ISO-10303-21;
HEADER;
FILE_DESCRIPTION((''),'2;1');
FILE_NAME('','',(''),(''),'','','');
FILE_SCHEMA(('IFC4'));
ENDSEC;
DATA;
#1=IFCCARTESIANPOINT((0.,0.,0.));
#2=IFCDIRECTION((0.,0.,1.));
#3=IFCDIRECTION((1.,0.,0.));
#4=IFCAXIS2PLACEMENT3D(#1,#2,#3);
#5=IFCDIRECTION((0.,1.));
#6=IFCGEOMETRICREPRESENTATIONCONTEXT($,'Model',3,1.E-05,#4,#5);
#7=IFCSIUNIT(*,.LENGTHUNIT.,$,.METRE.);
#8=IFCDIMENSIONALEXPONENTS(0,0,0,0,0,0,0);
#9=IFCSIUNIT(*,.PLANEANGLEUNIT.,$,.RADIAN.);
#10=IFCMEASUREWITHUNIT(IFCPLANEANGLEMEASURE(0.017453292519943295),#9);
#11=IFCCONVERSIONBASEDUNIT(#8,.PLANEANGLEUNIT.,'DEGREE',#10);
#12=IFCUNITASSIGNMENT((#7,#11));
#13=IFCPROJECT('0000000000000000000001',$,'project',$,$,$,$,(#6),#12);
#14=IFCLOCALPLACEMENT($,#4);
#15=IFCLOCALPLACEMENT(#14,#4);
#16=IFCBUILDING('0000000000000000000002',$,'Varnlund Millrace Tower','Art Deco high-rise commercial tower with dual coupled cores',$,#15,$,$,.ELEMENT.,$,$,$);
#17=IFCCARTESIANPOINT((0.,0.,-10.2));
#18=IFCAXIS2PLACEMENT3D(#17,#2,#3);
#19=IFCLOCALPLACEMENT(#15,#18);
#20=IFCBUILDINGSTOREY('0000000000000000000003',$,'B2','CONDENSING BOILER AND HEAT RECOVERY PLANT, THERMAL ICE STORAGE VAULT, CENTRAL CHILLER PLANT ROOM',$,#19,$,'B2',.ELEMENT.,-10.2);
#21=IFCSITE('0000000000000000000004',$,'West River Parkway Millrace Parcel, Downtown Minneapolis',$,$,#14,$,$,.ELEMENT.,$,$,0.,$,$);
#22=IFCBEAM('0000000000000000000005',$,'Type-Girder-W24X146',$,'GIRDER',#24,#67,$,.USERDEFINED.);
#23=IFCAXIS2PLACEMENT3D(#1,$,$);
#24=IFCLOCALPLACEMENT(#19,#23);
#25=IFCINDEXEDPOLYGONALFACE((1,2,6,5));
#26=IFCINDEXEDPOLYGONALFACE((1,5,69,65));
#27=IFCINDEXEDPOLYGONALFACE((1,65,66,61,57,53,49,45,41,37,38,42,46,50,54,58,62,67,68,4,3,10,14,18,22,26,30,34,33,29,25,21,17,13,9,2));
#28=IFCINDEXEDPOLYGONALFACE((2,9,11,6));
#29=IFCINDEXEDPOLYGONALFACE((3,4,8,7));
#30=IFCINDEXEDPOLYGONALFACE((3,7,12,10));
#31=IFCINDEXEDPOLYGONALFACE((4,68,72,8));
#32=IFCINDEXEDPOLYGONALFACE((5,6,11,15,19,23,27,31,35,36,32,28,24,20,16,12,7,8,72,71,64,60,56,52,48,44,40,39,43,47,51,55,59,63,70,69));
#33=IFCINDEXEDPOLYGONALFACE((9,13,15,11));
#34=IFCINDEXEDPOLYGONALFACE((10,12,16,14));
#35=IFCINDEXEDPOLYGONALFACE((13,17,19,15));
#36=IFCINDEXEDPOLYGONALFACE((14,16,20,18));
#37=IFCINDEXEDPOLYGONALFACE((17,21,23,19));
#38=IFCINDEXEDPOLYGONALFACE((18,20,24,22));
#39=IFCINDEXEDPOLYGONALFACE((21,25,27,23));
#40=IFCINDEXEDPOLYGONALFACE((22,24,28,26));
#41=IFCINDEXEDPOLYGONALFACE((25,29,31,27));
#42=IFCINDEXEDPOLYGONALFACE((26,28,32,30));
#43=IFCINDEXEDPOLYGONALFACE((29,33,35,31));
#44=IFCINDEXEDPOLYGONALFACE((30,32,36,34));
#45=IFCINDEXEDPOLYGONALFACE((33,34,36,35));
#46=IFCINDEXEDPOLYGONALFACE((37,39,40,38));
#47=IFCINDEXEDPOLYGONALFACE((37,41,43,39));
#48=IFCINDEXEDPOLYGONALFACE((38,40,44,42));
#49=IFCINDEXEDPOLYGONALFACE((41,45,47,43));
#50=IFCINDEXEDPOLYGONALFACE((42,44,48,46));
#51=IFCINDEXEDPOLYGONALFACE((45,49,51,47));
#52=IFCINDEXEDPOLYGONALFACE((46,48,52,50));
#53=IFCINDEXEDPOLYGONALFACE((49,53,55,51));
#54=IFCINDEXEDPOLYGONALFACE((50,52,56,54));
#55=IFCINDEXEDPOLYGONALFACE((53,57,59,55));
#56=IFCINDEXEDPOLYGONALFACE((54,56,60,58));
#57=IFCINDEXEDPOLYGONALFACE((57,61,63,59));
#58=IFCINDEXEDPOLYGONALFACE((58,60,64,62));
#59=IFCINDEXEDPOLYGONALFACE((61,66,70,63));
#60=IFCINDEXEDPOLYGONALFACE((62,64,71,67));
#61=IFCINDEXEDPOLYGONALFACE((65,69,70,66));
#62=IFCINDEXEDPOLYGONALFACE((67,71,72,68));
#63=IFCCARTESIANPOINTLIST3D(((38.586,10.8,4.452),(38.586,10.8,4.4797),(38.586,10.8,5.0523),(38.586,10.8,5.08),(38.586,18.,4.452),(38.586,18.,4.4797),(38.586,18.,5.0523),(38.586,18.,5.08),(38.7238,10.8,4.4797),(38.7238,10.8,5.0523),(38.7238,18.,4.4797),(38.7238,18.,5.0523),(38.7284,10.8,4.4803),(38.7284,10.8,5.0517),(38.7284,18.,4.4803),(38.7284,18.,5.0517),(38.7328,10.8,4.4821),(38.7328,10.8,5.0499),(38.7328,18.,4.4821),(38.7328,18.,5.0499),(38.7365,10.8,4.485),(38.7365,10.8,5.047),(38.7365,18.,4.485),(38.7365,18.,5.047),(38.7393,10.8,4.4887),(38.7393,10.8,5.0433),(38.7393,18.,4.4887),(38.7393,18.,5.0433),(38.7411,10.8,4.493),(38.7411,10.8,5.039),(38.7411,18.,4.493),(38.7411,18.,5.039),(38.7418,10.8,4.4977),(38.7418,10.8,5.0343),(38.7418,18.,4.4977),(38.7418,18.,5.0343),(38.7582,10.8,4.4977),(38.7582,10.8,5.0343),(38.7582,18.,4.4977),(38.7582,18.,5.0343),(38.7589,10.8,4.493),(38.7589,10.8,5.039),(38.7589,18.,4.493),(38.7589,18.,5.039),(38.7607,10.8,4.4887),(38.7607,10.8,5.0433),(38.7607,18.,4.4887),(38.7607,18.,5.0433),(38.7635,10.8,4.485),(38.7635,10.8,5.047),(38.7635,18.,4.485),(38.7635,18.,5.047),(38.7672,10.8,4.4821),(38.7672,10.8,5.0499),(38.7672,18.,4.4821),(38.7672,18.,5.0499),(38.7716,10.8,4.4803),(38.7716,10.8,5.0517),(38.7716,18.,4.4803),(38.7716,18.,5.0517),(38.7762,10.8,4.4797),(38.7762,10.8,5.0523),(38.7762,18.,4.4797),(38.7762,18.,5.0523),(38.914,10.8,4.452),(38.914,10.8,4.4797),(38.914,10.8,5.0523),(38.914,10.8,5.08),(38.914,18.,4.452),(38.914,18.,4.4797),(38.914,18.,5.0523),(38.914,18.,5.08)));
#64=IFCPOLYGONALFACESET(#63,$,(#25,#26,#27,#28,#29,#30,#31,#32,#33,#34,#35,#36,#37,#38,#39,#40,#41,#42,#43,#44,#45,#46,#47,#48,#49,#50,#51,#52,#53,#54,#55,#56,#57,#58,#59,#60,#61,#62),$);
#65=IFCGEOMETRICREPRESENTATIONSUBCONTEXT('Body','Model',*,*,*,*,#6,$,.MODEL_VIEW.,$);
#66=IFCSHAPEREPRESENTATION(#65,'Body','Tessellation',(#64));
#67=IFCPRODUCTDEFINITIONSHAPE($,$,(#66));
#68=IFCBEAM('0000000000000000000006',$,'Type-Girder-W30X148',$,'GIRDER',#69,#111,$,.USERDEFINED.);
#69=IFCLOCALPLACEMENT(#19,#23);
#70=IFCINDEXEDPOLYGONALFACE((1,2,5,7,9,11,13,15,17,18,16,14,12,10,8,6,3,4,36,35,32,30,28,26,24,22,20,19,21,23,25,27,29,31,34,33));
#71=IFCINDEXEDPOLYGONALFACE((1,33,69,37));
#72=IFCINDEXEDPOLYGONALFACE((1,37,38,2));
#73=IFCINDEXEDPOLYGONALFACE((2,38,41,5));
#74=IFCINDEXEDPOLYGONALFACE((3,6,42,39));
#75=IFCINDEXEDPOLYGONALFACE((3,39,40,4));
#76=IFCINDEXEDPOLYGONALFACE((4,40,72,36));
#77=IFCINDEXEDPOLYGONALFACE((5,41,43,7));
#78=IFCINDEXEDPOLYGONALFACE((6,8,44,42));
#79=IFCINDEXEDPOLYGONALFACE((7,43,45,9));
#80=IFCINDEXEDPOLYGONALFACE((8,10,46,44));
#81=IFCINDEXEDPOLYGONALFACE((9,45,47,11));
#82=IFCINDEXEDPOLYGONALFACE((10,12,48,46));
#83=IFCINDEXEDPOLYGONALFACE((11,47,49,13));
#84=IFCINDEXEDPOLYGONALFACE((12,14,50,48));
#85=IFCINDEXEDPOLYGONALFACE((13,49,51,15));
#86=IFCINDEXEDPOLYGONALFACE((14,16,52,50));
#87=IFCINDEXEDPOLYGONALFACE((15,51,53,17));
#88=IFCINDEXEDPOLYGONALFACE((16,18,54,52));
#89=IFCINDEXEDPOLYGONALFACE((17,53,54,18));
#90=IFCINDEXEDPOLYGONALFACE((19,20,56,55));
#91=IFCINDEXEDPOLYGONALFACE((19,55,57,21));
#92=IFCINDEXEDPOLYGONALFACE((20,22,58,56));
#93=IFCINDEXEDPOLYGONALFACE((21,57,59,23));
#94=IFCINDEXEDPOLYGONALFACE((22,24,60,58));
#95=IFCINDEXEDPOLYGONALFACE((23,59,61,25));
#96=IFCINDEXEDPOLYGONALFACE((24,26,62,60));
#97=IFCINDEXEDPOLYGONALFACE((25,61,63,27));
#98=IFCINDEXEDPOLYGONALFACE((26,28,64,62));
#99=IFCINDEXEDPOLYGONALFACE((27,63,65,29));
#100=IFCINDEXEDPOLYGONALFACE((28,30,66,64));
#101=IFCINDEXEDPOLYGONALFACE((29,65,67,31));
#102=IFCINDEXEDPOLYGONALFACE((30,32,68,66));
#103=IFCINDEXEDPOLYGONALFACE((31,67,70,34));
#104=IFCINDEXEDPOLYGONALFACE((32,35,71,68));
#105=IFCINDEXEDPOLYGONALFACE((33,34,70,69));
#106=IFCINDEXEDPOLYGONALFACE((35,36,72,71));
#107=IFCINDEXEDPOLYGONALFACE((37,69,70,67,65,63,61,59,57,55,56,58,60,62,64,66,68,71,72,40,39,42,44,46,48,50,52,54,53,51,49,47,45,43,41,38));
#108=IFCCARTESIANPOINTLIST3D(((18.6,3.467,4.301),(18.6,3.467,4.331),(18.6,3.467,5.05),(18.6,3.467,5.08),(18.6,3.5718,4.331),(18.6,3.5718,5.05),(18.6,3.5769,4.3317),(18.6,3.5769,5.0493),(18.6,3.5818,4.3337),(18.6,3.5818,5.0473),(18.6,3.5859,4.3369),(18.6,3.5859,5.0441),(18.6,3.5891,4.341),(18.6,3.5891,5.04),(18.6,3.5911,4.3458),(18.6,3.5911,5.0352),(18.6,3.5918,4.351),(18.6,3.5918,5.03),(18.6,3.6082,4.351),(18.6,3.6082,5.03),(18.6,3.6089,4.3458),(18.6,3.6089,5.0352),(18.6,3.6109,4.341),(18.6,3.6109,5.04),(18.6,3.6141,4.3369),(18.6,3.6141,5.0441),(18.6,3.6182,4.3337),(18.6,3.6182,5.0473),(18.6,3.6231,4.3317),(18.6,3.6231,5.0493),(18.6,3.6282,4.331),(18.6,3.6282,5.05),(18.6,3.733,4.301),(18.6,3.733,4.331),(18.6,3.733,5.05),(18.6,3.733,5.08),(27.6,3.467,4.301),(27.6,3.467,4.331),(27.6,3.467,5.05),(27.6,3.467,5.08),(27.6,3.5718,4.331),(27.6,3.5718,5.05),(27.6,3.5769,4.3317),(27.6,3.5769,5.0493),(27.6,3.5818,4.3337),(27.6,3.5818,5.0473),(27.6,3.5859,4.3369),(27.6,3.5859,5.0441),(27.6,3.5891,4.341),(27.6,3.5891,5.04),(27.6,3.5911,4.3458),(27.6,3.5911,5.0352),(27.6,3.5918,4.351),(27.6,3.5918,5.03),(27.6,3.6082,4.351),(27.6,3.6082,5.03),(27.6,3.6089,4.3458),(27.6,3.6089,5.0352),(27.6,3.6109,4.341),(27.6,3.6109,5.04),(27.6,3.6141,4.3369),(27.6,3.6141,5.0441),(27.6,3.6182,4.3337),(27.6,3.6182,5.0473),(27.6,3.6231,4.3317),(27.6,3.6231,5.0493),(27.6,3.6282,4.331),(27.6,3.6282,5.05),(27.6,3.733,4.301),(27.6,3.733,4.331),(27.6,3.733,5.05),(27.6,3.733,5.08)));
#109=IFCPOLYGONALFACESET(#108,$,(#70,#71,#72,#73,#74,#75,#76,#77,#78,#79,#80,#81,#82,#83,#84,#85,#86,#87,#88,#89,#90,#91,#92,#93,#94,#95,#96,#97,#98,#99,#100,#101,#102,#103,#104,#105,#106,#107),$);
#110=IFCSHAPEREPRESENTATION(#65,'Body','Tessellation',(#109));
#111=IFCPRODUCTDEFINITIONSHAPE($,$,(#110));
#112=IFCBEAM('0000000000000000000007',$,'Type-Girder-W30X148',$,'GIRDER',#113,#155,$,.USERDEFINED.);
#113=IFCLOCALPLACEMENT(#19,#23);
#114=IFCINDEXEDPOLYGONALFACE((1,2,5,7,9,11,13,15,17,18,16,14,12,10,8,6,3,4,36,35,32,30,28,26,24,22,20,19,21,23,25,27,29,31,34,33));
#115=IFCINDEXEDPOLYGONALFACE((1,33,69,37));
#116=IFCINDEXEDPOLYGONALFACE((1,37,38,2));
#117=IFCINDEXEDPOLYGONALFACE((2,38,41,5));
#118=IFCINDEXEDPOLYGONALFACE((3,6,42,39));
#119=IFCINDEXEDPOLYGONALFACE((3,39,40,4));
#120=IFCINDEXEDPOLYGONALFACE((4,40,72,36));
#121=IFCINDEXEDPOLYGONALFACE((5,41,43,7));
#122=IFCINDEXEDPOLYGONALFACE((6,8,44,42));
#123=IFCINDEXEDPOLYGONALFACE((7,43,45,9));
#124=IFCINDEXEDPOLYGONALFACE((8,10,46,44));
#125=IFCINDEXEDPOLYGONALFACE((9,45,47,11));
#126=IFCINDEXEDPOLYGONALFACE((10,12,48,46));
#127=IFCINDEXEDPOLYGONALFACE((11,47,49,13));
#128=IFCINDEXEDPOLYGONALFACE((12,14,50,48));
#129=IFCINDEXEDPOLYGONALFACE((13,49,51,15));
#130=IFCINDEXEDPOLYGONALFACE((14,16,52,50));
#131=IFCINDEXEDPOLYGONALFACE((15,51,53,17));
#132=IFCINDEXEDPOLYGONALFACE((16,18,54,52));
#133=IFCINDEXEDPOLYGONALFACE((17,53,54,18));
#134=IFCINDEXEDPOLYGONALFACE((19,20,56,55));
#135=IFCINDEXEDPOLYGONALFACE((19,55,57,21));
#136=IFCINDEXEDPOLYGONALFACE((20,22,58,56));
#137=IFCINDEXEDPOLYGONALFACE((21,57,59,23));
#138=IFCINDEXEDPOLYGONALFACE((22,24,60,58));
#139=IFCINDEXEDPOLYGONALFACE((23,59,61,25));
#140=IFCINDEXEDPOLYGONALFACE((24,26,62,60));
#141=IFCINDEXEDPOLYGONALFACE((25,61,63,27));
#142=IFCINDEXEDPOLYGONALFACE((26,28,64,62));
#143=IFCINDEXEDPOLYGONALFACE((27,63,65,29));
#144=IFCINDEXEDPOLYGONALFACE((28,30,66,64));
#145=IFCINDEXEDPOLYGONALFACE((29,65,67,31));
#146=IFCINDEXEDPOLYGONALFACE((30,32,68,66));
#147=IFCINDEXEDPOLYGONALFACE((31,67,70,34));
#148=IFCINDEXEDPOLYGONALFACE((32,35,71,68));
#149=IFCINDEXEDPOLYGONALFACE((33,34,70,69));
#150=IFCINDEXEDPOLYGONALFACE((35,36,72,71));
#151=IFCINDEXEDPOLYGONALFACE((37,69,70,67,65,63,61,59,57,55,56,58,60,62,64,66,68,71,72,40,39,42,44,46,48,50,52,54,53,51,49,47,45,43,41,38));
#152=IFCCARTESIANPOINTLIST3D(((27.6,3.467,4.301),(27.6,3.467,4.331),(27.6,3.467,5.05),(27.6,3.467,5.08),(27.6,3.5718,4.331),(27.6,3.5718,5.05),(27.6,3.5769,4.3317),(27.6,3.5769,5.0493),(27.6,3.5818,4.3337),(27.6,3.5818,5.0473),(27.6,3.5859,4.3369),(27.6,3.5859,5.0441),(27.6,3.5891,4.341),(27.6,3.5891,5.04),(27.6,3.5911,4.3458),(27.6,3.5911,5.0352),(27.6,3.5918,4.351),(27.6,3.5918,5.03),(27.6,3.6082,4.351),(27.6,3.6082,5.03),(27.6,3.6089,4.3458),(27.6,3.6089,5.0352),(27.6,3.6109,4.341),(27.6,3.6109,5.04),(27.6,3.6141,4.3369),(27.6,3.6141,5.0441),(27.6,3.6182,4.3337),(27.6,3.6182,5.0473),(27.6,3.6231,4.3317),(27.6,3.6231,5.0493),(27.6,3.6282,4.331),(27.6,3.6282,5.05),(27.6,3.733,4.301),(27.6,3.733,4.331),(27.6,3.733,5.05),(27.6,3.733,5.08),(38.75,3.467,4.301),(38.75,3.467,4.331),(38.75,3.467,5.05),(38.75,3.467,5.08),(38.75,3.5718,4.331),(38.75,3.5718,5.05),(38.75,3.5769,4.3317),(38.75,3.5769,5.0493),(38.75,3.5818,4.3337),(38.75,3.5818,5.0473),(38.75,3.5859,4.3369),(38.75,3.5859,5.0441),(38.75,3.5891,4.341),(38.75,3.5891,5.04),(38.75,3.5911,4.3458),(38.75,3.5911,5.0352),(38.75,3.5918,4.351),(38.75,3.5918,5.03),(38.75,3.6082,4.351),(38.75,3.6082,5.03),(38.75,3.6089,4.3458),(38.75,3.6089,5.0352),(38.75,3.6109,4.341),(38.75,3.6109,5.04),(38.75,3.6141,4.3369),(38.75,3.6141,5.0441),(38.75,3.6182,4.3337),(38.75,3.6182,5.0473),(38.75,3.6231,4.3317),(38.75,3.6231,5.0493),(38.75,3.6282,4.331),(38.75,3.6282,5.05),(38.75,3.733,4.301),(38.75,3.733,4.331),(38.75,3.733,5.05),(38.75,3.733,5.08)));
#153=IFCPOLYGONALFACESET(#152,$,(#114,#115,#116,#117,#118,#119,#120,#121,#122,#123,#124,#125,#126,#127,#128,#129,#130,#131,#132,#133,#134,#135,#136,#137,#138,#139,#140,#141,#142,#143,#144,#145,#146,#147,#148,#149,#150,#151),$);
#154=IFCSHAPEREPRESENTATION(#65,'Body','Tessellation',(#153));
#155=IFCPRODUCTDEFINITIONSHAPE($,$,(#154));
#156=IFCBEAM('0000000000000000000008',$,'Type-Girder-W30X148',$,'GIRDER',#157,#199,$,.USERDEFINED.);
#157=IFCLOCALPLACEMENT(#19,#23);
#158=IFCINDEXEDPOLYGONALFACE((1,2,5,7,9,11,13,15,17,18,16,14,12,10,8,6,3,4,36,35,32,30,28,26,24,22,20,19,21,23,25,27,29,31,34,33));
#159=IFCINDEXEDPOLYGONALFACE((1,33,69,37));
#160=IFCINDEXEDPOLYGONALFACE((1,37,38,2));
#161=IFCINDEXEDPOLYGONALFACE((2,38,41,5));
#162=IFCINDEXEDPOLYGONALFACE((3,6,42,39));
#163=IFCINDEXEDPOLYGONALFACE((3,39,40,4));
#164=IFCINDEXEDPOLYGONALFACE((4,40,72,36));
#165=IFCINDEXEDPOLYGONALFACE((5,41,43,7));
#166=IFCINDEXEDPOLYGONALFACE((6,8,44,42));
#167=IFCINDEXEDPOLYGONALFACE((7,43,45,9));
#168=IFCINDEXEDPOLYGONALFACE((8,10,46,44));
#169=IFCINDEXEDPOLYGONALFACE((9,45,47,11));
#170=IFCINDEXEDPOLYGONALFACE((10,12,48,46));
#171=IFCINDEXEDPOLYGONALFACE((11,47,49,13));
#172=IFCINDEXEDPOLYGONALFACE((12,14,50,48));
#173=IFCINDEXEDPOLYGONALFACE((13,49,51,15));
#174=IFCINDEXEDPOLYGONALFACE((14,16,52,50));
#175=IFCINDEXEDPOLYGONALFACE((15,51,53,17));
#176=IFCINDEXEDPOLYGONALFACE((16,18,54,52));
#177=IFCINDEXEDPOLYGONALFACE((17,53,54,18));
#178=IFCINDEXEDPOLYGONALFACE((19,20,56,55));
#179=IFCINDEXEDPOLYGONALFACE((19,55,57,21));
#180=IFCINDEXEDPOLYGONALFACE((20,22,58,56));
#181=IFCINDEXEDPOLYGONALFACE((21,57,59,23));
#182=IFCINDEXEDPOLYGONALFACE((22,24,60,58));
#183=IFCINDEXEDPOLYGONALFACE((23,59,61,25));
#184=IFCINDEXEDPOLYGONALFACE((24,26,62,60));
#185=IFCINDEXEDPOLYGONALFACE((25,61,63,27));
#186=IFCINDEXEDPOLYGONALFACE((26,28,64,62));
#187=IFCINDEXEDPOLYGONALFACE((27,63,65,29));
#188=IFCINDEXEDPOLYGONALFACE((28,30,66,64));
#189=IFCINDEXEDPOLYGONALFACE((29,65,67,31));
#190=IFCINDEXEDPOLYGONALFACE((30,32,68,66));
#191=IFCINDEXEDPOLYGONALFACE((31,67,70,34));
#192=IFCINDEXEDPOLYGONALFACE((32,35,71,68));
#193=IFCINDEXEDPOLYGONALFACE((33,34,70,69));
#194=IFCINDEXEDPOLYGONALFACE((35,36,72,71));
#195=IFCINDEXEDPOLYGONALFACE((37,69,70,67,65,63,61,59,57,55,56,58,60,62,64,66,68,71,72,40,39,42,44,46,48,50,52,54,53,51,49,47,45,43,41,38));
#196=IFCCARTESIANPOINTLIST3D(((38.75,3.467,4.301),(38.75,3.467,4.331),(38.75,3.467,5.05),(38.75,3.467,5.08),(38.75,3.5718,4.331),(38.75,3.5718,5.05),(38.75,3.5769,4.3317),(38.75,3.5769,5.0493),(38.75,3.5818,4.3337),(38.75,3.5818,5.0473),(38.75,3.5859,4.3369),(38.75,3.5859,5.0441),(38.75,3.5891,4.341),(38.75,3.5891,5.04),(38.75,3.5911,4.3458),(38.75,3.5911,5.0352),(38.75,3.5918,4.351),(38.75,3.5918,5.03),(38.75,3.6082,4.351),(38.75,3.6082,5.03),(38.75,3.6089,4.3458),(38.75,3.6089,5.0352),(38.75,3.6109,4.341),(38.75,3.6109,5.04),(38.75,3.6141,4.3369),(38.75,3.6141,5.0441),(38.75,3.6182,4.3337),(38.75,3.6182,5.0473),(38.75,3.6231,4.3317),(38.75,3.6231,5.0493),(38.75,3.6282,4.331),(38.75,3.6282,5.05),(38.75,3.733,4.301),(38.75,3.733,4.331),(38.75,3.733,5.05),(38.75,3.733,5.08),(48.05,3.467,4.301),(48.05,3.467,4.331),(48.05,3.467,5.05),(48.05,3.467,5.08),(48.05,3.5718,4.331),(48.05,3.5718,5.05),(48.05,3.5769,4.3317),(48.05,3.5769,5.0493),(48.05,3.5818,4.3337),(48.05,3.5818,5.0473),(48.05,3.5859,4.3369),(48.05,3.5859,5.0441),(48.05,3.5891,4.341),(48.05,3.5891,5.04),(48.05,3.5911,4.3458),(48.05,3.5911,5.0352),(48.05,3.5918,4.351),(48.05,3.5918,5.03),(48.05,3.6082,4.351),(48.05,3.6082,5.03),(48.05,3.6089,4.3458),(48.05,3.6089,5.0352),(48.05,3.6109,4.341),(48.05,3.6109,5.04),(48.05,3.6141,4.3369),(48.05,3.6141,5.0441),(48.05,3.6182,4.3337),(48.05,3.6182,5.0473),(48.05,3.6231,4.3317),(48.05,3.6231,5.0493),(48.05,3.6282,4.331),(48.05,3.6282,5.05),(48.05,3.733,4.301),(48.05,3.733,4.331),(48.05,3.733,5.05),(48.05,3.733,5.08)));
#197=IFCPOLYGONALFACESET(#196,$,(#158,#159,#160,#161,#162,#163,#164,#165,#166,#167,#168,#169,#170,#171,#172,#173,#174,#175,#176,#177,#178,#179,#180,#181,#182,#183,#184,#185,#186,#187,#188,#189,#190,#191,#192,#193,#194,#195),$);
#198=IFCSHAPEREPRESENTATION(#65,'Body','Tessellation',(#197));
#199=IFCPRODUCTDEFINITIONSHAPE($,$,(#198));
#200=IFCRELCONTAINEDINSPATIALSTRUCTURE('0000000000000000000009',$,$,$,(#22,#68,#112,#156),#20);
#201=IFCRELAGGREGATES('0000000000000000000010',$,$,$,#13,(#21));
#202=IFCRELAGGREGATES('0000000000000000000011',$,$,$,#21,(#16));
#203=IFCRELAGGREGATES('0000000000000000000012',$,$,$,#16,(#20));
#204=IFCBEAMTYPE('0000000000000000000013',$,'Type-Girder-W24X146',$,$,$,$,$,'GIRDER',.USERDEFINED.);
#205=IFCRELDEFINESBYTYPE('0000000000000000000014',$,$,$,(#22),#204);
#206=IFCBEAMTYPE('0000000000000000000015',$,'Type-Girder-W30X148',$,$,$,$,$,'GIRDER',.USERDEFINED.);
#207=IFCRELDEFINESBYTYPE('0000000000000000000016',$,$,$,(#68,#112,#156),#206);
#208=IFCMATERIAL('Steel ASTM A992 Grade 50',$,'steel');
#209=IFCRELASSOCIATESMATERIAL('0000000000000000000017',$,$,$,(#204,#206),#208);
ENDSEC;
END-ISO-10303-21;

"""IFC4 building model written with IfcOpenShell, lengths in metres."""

from ifc_helpers import new_model, entity, si_unit, converted_unit, direction, frame, origin_with_axes, origin_2d_with_axis, place, context, subcontext, project, spatial, i_section, extrude, material, material_profile, profile_set, type_object, element, save


model = new_model("IFC4")

# Units and contexts
model_context = context("Model", 3, precision=1e-05, world=origin_with_axes(), true_north=direction((0.0, 1.0)))
body_context = subcontext(model_context, "Body", "Model", "MODEL_VIEW")
ifc_project = project(units=[si_unit("LENGTHUNIT", "METRE"), converted_unit("PLANEANGLEUNIT", "DEGREE", entity("IfcPlaneAngleMeasure", 0.017453292519943295), si_unit("PLANEANGLEUNIT", "RADIAN"), dimensions=[0, 0, 0, 0, 0, 0, 0])], contexts=[model_context])

# Site, building, storey
site_placement = place(None, origin_with_axes())
site = spatial("IfcSite", under=ifc_project, at=site_placement, Name="West River Parkway Millrace Parcel, Downtown Minneapolis", CompositionType="ELEMENT", RefElevation=0.0)
building_placement = place(site_placement, origin_with_axes())
building = spatial("IfcBuilding", under=site, at=building_placement, Name="Varnlund Millrace Tower", Description="Art Deco high-rise commercial tower with dual coupled cores", CompositionType="ELEMENT")
storey_placement = place(building_placement, frame((0.0, 0.0, -10.2), z_axis=(0.0, 0.0, 1.0), x_axis=(1.0, 0.0, 0.0)))
storey = spatial("IfcBuildingStorey", under=building, at=storey_placement, Name="B2", Description="CONDENSING BOILER AND HEAT RECOVERY PLANT, THERMAL ICE STORAGE VAULT, CENTRAL CHILLER PLANT ROOM", LongName="B2", CompositionType="ELEMENT", Elevation=-10.2)

# Beams
ifc_material_1 = material(Name="Steel ASTM A992 Grade 50", Category="steel")
ifc_material_profile_1 = material_profile(ifc_material_1, i_section(OverallWidth=0.328, OverallDepth=0.628, WebThickness=0.0165, FlangeThickness=0.0277, FilletRadius=0.018, at=origin_2d_with_axis()), Name="Steel ASTM A992 Grade 50")
ifc_profile_set_1 = profile_set([ifc_material_profile_1], Name="Steel ASTM A992 Grade 50")
beam_type_1 = type_object("IfcBeamType", Name="Type-Girder-W24X146", ElementType="GIRDER", PredefinedType="USERDEFINED", material=ifc_profile_set_1)
for number, where, z_axis, x_axis, name in (
    (1, (38.75, 10.8, 4.766), (0.0, 1.0, 0.0), (-1.0, 0.0, 0.0), "Type-Girder-W24X146"),
):
    element("IfcBeam", number, at=place(storey_placement, frame(where, z_axis=z_axis, x_axis=x_axis)), inside=storey, type_object=beam_type_1, Name=name, ObjectType="GIRDER", PredefinedType="USERDEFINED", context=body_context, shape_type="SweptSolid", body=[
        extrude(i_section(OverallWidth=0.328, OverallDepth=0.628, WebThickness=0.0165, FlangeThickness=0.0277, FilletRadius=0.018, at=origin_2d_with_axis()), origin_with_axes(), (0.0, 0.0, 1.0), 7.2),
    ])
ifc_material_profile_2 = material_profile(ifc_material_1, i_section(OverallWidth=0.266, OverallDepth=0.779, WebThickness=0.0165, FlangeThickness=0.03, FilletRadius=0.02, at=origin_2d_with_axis()), Name="Steel ASTM A992 Grade 50")
ifc_profile_set_2 = profile_set([ifc_material_profile_2], Name="Steel ASTM A992 Grade 50")
beam_type_2 = type_object("IfcBeamType", Name="Type-Girder-W30X148", ElementType="GIRDER", PredefinedType="USERDEFINED", material=ifc_profile_set_2)
beam_1_placement = place(storey_placement, frame((18.6, 3.6, 4.6905), z_axis=(1.0, 0.0, 0.0), x_axis=(0.0, 1.0, 0.0)))
element("IfcBeam", 2, at=beam_1_placement, inside=storey, type_object=beam_type_2, Name="Type-Girder-W30X148", ObjectType="GIRDER", PredefinedType="USERDEFINED", context=body_context, shape_type="SweptSolid", body=[
    extrude(i_section(OverallWidth=0.266, OverallDepth=0.779, WebThickness=0.0165, FlangeThickness=0.03, FilletRadius=0.02, at=origin_2d_with_axis()), origin_with_axes(), (0.0, 0.0, 1.0), 9.0),
])
beam_2_placement = place(storey_placement, frame((27.6, 3.6, 4.6905), z_axis=(1.0, 0.0, 0.0), x_axis=(0.0, 1.0, 0.0)))
element("IfcBeam", 3, at=beam_2_placement, inside=storey, type_object=beam_type_2, Name="Type-Girder-W30X148", ObjectType="GIRDER", PredefinedType="USERDEFINED", context=body_context, shape_type="SweptSolid", body=[
    extrude(i_section(OverallWidth=0.266, OverallDepth=0.779, WebThickness=0.0165, FlangeThickness=0.03, FilletRadius=0.02, at=origin_2d_with_axis()), origin_with_axes(), (0.0, 0.0, 1.0), 11.15),
])
beam_3_placement = place(storey_placement, frame((38.75, 3.6, 4.6905), z_axis=(1.0, 0.0, 0.0), x_axis=(0.0, 1.0, 0.0)))
element("IfcBeam", 4, at=beam_3_placement, inside=storey, type_object=beam_type_2, Name="Type-Girder-W30X148", ObjectType="GIRDER", PredefinedType="USERDEFINED", context=body_context, shape_type="SweptSolid", body=[
    extrude(i_section(OverallWidth=0.266, OverallDepth=0.779, WebThickness=0.0165, FlangeThickness=0.03, FilletRadius=0.02, at=origin_2d_with_axis()), origin_with_axes(), (0.0, 0.0, 1.0), 9.3),
])

save(model, "model.ifc")
